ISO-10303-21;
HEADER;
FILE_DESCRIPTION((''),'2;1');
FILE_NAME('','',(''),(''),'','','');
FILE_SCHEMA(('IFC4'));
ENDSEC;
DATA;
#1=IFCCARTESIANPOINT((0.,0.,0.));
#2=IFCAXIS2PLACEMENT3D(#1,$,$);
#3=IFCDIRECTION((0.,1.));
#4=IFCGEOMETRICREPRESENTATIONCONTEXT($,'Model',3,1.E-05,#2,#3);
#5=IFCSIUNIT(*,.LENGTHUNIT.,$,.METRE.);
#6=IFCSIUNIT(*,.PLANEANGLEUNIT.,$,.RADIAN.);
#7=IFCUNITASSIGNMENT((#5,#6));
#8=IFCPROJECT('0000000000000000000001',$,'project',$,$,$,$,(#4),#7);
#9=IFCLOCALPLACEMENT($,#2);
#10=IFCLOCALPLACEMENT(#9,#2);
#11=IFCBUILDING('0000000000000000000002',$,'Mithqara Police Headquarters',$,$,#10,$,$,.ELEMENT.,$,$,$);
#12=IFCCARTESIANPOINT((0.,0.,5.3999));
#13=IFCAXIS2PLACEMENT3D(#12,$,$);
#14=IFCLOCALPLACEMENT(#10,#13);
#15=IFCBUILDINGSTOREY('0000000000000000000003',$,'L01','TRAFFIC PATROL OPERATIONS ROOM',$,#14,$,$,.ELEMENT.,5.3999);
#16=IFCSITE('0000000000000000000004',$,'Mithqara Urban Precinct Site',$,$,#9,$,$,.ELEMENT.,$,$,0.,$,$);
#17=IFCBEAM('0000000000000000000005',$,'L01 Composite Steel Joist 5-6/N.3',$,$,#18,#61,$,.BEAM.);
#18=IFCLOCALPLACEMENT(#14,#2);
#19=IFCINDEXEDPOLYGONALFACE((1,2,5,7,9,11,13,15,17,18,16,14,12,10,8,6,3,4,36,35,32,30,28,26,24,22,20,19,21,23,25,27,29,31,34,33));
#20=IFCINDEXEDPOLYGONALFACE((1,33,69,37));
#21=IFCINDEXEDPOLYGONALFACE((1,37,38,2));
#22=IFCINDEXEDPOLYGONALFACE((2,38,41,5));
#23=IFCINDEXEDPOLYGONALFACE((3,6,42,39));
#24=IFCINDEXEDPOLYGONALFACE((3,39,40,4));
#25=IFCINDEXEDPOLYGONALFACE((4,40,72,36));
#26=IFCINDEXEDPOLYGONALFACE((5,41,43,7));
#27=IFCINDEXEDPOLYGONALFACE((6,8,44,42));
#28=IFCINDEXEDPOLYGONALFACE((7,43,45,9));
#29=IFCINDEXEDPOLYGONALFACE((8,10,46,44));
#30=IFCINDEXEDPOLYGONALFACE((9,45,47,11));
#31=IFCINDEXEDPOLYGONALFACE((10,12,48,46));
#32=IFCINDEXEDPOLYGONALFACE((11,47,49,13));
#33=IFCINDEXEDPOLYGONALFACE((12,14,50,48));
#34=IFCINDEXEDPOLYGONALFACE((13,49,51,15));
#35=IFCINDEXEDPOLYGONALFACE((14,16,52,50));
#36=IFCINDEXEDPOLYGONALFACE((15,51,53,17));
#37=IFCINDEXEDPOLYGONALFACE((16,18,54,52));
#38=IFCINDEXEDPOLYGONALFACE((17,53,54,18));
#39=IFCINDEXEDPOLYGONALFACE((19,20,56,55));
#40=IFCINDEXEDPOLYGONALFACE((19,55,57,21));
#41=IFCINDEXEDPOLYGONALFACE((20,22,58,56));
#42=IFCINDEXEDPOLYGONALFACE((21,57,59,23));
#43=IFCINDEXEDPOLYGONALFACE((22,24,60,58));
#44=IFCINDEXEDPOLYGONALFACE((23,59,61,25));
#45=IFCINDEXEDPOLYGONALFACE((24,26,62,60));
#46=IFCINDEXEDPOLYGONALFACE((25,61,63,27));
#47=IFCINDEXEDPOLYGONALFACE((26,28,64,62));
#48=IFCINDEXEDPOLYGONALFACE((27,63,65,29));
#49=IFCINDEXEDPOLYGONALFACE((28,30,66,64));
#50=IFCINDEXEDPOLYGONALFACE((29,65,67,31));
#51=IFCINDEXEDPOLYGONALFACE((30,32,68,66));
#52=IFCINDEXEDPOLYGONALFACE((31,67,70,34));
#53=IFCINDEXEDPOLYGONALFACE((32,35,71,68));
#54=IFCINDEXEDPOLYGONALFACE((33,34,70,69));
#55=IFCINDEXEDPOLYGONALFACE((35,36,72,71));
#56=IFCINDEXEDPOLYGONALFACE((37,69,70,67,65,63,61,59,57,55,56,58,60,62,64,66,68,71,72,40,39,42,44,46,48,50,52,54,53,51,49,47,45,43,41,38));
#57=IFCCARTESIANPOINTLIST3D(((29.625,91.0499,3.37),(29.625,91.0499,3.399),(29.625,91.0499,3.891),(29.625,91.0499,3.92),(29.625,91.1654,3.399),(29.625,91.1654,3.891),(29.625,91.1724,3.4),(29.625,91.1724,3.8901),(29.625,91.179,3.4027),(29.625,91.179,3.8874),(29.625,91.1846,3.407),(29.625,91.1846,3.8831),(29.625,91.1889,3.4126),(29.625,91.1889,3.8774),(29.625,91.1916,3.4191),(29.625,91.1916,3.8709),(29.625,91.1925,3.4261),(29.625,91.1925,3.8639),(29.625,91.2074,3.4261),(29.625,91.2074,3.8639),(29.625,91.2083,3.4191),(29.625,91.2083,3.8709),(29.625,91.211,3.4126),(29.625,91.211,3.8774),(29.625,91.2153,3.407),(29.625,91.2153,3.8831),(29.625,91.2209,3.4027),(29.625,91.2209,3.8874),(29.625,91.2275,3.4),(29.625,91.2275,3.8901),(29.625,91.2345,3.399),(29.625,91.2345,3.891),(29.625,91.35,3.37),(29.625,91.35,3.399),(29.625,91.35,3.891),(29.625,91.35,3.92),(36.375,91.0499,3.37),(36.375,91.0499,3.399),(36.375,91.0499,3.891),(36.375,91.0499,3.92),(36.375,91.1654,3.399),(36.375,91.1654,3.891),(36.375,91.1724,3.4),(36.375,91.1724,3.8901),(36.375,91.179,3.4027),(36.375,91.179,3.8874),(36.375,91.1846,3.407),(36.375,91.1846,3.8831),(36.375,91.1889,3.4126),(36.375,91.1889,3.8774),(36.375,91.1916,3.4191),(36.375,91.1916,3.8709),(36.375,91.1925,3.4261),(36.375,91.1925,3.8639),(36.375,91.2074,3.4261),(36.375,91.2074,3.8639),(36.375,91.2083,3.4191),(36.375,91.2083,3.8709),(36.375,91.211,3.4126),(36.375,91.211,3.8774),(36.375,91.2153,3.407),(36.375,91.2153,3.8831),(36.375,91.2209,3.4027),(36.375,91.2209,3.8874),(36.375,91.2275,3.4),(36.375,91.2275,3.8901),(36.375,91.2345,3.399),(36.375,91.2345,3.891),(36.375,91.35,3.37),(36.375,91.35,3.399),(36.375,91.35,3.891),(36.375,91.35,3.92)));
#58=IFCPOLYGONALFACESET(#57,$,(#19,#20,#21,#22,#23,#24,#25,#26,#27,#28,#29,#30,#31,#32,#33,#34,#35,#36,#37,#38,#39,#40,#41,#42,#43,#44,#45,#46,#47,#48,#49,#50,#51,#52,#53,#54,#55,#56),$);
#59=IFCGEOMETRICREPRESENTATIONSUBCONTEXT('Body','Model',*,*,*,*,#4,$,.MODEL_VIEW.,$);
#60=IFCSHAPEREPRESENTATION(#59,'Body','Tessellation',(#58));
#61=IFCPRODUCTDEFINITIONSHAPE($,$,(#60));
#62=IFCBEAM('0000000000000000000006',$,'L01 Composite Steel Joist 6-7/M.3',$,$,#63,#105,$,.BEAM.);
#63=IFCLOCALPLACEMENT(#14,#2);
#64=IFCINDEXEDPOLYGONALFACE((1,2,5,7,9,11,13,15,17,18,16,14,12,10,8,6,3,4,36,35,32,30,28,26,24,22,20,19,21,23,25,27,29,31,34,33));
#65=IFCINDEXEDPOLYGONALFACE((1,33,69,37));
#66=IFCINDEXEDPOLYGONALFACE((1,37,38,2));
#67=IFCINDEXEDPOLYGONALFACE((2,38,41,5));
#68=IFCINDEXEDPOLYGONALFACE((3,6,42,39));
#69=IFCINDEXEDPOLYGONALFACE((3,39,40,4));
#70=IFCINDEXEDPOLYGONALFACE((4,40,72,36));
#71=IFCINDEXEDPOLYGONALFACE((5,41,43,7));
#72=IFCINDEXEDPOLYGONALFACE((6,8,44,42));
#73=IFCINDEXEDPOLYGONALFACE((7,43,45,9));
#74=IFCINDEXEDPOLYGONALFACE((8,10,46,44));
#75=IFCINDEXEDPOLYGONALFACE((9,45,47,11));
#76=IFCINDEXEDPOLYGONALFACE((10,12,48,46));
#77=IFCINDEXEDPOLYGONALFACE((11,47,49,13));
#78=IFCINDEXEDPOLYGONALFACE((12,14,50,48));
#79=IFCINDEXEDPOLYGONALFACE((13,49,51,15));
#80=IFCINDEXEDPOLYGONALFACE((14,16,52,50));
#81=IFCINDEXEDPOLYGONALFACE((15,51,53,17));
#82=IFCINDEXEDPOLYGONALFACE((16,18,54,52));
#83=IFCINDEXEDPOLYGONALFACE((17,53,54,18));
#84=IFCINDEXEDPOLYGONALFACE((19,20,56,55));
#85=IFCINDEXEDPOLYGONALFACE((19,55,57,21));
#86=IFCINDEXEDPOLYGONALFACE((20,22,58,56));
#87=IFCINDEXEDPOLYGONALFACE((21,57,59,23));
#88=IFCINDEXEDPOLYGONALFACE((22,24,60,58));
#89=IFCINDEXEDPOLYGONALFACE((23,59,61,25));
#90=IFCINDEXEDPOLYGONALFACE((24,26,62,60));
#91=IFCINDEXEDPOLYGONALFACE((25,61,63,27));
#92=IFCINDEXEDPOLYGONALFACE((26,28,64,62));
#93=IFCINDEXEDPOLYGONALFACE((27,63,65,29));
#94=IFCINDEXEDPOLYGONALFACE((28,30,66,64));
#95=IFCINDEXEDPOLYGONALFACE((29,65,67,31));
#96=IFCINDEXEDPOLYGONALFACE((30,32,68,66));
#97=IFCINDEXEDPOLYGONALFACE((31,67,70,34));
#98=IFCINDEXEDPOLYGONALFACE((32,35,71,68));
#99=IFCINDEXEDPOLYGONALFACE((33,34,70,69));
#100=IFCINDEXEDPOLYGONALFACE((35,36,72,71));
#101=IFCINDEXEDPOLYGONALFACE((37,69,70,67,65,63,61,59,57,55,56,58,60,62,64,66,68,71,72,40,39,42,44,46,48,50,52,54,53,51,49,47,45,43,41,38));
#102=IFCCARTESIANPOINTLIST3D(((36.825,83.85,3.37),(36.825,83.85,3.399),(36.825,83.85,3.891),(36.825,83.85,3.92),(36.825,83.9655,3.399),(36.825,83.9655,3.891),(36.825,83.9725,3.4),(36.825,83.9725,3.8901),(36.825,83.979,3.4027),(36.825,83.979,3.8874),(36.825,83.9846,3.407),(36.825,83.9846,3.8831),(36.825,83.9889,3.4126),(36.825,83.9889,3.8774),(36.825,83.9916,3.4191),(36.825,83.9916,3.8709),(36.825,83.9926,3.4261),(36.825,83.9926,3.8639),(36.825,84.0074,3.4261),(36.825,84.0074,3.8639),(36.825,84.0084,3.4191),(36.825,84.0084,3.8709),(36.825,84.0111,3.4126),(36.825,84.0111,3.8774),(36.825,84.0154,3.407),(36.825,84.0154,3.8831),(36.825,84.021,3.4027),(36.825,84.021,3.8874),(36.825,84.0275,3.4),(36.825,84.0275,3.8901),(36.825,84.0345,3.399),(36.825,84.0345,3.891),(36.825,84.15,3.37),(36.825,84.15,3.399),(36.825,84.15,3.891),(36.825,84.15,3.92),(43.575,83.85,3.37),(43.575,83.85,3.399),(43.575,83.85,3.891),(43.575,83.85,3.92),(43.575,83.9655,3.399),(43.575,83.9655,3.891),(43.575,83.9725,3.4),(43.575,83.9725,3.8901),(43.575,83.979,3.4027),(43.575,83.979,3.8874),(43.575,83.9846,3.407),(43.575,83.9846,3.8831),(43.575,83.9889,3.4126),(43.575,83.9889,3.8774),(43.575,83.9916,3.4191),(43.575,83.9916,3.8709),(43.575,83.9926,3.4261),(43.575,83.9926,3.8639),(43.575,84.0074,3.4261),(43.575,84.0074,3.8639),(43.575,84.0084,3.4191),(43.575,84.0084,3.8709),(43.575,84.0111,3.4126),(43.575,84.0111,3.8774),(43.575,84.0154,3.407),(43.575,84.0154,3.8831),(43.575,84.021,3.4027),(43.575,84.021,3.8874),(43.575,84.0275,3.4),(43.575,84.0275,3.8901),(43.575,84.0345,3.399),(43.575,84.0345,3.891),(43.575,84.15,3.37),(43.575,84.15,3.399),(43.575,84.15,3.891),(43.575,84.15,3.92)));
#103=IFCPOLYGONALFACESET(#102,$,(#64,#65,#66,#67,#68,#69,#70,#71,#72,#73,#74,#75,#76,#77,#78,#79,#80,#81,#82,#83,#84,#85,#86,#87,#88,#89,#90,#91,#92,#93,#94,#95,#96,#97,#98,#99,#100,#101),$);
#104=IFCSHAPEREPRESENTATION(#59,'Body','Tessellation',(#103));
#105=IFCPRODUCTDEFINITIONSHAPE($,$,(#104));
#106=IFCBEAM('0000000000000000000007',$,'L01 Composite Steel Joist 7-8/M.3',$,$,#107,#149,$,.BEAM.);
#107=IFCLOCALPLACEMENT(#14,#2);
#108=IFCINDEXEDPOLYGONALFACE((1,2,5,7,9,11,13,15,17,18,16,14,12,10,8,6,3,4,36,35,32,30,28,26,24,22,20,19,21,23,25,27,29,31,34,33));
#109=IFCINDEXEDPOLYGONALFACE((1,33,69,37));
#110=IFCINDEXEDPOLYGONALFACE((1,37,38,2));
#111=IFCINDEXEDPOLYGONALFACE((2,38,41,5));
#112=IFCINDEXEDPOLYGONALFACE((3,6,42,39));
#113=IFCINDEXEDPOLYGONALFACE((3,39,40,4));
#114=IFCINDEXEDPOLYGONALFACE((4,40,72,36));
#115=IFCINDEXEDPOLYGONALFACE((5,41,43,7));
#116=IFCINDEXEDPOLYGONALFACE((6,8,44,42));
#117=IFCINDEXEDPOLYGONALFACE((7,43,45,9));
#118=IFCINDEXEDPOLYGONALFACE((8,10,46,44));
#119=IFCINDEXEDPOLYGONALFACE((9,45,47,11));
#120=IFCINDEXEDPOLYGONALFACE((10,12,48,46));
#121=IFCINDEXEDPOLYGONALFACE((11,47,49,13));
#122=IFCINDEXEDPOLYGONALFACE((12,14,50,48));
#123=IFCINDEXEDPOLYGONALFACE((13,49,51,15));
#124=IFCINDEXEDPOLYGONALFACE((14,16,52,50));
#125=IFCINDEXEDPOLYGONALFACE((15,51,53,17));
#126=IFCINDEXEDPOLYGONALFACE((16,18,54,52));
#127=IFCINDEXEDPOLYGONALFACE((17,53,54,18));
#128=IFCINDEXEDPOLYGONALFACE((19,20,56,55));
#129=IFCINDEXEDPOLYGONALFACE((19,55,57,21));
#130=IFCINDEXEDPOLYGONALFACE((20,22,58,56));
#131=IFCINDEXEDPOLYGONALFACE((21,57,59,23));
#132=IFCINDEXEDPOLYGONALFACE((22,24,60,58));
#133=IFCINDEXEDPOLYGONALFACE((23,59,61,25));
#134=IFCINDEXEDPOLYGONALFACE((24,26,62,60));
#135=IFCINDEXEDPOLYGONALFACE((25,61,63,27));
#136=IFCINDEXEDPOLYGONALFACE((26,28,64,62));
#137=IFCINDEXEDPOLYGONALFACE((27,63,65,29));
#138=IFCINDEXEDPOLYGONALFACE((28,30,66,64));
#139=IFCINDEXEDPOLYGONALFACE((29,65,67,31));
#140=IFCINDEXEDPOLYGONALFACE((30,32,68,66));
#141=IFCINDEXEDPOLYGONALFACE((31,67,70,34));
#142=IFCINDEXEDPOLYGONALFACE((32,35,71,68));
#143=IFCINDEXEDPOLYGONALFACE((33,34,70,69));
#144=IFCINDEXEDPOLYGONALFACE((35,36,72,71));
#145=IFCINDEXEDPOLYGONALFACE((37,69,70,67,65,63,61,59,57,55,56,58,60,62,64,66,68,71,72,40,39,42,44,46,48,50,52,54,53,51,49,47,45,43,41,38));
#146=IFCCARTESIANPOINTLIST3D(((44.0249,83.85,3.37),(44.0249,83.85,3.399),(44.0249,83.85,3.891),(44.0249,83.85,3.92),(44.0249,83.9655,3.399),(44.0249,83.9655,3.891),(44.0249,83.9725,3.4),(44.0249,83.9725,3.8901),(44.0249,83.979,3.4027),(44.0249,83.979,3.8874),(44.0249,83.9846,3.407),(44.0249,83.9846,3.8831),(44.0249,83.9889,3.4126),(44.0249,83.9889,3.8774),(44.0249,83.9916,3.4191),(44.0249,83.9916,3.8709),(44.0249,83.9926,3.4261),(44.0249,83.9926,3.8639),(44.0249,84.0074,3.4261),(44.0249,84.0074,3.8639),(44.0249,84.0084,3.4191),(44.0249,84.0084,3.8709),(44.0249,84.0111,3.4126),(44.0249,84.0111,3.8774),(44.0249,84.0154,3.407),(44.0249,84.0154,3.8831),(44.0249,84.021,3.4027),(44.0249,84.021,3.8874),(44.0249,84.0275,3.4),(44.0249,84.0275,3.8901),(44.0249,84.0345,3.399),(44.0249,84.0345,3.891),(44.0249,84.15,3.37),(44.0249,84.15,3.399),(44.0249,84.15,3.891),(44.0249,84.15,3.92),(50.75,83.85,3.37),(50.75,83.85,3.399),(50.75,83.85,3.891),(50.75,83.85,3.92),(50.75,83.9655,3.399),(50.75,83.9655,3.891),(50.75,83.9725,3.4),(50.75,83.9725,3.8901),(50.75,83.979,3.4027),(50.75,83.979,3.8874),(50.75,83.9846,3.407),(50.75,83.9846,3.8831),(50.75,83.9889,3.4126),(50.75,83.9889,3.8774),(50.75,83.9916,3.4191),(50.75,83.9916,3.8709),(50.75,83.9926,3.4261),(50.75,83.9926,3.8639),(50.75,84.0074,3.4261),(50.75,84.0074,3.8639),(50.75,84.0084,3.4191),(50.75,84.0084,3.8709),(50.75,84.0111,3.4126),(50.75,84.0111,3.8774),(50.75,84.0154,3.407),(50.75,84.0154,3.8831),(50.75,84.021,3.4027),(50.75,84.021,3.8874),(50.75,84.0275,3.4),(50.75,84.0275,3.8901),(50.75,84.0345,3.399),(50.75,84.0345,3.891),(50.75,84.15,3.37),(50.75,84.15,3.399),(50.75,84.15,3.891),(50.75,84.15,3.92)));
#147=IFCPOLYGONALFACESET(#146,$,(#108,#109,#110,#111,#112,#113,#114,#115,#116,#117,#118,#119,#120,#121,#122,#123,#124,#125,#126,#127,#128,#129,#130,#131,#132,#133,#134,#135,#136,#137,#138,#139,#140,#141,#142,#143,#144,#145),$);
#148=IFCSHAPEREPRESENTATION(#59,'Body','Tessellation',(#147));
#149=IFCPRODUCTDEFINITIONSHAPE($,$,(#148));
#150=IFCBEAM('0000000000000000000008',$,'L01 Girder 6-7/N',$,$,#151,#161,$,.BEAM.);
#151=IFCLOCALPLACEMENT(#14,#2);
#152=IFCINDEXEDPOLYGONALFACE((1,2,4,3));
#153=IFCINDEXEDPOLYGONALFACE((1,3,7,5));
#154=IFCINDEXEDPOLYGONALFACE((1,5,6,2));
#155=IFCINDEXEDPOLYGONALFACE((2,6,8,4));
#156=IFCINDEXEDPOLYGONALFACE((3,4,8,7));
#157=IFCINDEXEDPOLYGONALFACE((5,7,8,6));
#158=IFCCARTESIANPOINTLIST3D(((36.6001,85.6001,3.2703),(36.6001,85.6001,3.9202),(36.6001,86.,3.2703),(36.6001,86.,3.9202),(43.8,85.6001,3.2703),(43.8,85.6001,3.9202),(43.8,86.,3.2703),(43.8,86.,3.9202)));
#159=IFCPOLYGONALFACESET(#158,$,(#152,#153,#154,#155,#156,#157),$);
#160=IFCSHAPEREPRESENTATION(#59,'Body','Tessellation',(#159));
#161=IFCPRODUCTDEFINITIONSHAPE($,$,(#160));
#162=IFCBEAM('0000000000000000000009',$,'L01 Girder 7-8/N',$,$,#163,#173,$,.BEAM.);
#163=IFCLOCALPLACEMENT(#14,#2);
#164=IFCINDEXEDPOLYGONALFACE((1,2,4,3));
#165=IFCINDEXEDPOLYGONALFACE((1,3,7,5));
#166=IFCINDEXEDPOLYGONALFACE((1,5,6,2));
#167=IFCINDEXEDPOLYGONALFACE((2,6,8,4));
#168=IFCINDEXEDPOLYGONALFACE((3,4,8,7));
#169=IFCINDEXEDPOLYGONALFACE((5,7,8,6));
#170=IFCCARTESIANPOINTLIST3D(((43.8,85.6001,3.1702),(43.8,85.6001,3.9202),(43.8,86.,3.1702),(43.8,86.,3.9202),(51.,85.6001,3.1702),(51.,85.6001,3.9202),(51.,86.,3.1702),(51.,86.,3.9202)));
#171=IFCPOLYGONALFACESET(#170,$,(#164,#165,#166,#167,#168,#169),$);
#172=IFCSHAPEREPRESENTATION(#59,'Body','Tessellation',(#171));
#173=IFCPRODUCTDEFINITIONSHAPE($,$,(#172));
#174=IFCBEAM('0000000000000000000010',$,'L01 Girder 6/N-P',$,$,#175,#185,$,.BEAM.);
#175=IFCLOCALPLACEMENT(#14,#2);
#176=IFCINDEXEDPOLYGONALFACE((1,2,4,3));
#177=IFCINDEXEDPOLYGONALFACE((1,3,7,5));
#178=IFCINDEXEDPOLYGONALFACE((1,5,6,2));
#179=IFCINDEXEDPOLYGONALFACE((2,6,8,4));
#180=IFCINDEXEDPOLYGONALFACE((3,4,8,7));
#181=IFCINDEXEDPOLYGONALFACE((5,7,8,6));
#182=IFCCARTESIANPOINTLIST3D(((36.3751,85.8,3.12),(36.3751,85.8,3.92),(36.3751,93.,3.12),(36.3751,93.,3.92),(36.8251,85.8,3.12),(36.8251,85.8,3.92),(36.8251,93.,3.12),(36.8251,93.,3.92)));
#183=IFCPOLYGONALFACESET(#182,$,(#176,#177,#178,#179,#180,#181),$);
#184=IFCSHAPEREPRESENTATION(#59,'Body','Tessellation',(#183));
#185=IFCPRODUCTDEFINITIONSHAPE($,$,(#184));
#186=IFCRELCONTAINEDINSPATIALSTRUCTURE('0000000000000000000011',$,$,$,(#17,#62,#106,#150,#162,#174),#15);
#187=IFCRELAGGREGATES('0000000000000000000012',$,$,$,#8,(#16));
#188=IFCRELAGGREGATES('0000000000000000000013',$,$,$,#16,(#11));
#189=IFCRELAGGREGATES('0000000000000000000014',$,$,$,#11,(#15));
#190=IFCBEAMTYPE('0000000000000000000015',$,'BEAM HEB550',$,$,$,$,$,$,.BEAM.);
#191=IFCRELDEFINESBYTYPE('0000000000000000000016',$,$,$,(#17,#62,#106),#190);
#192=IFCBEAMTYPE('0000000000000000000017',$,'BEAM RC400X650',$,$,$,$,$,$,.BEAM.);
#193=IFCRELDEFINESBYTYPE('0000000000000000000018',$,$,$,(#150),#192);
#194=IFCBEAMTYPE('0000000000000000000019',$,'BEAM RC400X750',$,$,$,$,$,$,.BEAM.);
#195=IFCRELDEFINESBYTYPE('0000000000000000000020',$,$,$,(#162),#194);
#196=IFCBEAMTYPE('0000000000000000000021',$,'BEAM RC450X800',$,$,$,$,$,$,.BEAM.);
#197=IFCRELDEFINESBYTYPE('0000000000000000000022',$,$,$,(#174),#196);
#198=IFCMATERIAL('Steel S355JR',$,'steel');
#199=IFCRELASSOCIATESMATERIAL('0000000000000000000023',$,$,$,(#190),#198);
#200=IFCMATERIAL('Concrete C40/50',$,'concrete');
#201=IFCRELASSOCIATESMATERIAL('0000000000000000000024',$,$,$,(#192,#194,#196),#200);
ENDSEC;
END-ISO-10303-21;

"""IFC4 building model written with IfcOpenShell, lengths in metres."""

from ifc_helpers import new_model, si_unit, direction, frame, origin, origin_2d, place, context, subcontext, project, spatial, rectangle, i_section, extrude, material, material_profile, profile_set, type_object, element, save


model = new_model("IFC4")

# Units and contexts
model_context = context("Model", 3, precision=1e-05, world=origin(), true_north=direction((0.0, 1.0)))
body_context = subcontext(model_context, "Body", "Model", "MODEL_VIEW")
ifc_project = project(units=[si_unit("LENGTHUNIT", "METRE"), si_unit("PLANEANGLEUNIT", "RADIAN")], contexts=[model_context])

# Site, building, storey
site_placement = place(None, origin())
site = spatial("IfcSite", under=ifc_project, at=site_placement, Name="Mithqara Urban Precinct Site", CompositionType="ELEMENT", RefElevation=0.0)
building_placement = place(site_placement, origin())
building = spatial("IfcBuilding", under=site, at=building_placement, Name="Mithqara Police Headquarters", CompositionType="ELEMENT")
storey_placement = place(building_placement, frame((0.0, 0.0, 5.3999)))
storey = spatial("IfcBuildingStorey", under=building, at=storey_placement, Name="L01", Description="TRAFFIC PATROL OPERATIONS ROOM", CompositionType="ELEMENT", Elevation=5.3999)

# Beams
ifc_material_1 = material(Name="Steel S355JR", Category="steel")
ifc_material_profile_1 = material_profile(ifc_material_1, i_section(OverallWidth=0.3, OverallDepth=0.55, WebThickness=0.0149, FlangeThickness=0.0291, FilletRadius=0.0271, at=origin_2d()), Name="HEB 550")
ifc_profile_set_1 = profile_set([ifc_material_profile_1], Name="Steel S355JR")
beam_type_1 = type_object("IfcBeamType", Name="BEAM HEB550", PredefinedType="BEAM", material=ifc_profile_set_1)
for number, where, z_axis, x_axis, name in (
    (1, (29.625, 91.2, 3.645), (1.0, 0.0, 0.0), (0.0, 1.0, 0.0), "L01 Composite Steel Joist 5-6/N.3"),
    (2, (36.825, 84.0, 3.645), (1.0, 0.0, 0.0), (0.0, 1.0, 0.0), "L01 Composite Steel Joist 6-7/M.3"),
):
    element("IfcBeam", number, at=place(storey_placement, frame(where, z_axis=z_axis, x_axis=x_axis)), inside=storey, type_object=beam_type_1, Name=name, PredefinedType="BEAM", context=body_context, shape_type="SweptSolid", body=[
        extrude(i_section(OverallWidth=0.3, OverallDepth=0.55, WebThickness=0.0149, FlangeThickness=0.0291, FilletRadius=0.0271, at=origin_2d()), origin(), (0.0, 0.0, 1.0), 6.75),
    ])
beam_1_placement = place(storey_placement, frame((44.0249, 84.0, 3.645), z_axis=(1.0, 0.0, 0.0), x_axis=(0.0, 1.0, 0.0)))
element("IfcBeam", 3, at=beam_1_placement, inside=storey, type_object=beam_type_1, Name="L01 Composite Steel Joist 7-8/M.3", PredefinedType="BEAM", context=body_context, shape_type="SweptSolid", body=[
    extrude(i_section(OverallWidth=0.3, OverallDepth=0.55, WebThickness=0.0149, FlangeThickness=0.0291, FilletRadius=0.0271, at=origin_2d()), origin(), (0.0, 0.0, 1.0), 6.7251),
])
ifc_material_2 = material(Name="Concrete C40/50", Category="concrete")
ifc_material_profile_2 = material_profile(ifc_material_2, rectangle(XDim=0.3999, YDim=0.6499, at=origin_2d()), Name="RC 400x650")
ifc_profile_set_2 = profile_set([ifc_material_profile_2], Name="Concrete C40/50")
beam_type_2 = type_object("IfcBeamType", Name="BEAM RC400X650", PredefinedType="BEAM", material=ifc_profile_set_2)
beam_2_placement = place(storey_placement, frame((36.6001, 85.8, 3.5952), z_axis=(1.0, 0.0, 0.0), x_axis=(0.0, 1.0, 0.0)))
element("IfcBeam", 4, at=beam_2_placement, inside=storey, type_object=beam_type_2, Name="L01 Girder 6-7/N", PredefinedType="BEAM", context=body_context, shape_type="SweptSolid", body=[
    extrude(rectangle(XDim=0.3999, YDim=0.6499, at=origin_2d()), origin(), (0.0, 0.0, 1.0), 7.2),
])
ifc_material_profile_3 = material_profile(ifc_material_2, rectangle(XDim=0.3999, YDim=0.75, at=origin_2d()), Name="RC 400x750")
ifc_profile_set_3 = profile_set([ifc_material_profile_3], Name="Concrete C40/50")
beam_type_3 = type_object("IfcBeamType", Name="BEAM RC400X750", PredefinedType="BEAM", material=ifc_profile_set_3)
beam_3_placement = place(storey_placement, frame((43.8, 85.8, 3.5452), z_axis=(1.0, 0.0, 0.0), x_axis=(0.0, 1.0, 0.0)))
element("IfcBeam", 5, at=beam_3_placement, inside=storey, type_object=beam_type_3, Name="L01 Girder 7-8/N", PredefinedType="BEAM", context=body_context, shape_type="SweptSolid", body=[
    extrude(rectangle(XDim=0.3999, YDim=0.75, at=origin_2d()), origin(), (0.0, 0.0, 1.0), 7.2),
])
ifc_material_profile_4 = material_profile(ifc_material_2, rectangle(XDim=0.45, YDim=0.8, at=origin_2d()), Name="RC 450x800")
ifc_profile_set_4 = profile_set([ifc_material_profile_4], Name="Concrete C40/50")
beam_type_4 = type_object("IfcBeamType", Name="BEAM RC450X800", PredefinedType="BEAM", material=ifc_profile_set_4)
beam_4_placement = place(storey_placement, frame((36.6001, 85.8, 3.52), z_axis=(0.0, 1.0, 0.0), x_axis=(-1.0, 0.0, 0.0)))
element("IfcBeam", 6, at=beam_4_placement, inside=storey, type_object=beam_type_4, Name="L01 Girder 6/N-P", PredefinedType="BEAM", context=body_context, shape_type="SweptSolid", body=[
    extrude(rectangle(XDim=0.45, YDim=0.8, at=origin_2d()), origin(), (0.0, 0.0, 1.0), 7.2),
])

save(model, "model.ifc")
